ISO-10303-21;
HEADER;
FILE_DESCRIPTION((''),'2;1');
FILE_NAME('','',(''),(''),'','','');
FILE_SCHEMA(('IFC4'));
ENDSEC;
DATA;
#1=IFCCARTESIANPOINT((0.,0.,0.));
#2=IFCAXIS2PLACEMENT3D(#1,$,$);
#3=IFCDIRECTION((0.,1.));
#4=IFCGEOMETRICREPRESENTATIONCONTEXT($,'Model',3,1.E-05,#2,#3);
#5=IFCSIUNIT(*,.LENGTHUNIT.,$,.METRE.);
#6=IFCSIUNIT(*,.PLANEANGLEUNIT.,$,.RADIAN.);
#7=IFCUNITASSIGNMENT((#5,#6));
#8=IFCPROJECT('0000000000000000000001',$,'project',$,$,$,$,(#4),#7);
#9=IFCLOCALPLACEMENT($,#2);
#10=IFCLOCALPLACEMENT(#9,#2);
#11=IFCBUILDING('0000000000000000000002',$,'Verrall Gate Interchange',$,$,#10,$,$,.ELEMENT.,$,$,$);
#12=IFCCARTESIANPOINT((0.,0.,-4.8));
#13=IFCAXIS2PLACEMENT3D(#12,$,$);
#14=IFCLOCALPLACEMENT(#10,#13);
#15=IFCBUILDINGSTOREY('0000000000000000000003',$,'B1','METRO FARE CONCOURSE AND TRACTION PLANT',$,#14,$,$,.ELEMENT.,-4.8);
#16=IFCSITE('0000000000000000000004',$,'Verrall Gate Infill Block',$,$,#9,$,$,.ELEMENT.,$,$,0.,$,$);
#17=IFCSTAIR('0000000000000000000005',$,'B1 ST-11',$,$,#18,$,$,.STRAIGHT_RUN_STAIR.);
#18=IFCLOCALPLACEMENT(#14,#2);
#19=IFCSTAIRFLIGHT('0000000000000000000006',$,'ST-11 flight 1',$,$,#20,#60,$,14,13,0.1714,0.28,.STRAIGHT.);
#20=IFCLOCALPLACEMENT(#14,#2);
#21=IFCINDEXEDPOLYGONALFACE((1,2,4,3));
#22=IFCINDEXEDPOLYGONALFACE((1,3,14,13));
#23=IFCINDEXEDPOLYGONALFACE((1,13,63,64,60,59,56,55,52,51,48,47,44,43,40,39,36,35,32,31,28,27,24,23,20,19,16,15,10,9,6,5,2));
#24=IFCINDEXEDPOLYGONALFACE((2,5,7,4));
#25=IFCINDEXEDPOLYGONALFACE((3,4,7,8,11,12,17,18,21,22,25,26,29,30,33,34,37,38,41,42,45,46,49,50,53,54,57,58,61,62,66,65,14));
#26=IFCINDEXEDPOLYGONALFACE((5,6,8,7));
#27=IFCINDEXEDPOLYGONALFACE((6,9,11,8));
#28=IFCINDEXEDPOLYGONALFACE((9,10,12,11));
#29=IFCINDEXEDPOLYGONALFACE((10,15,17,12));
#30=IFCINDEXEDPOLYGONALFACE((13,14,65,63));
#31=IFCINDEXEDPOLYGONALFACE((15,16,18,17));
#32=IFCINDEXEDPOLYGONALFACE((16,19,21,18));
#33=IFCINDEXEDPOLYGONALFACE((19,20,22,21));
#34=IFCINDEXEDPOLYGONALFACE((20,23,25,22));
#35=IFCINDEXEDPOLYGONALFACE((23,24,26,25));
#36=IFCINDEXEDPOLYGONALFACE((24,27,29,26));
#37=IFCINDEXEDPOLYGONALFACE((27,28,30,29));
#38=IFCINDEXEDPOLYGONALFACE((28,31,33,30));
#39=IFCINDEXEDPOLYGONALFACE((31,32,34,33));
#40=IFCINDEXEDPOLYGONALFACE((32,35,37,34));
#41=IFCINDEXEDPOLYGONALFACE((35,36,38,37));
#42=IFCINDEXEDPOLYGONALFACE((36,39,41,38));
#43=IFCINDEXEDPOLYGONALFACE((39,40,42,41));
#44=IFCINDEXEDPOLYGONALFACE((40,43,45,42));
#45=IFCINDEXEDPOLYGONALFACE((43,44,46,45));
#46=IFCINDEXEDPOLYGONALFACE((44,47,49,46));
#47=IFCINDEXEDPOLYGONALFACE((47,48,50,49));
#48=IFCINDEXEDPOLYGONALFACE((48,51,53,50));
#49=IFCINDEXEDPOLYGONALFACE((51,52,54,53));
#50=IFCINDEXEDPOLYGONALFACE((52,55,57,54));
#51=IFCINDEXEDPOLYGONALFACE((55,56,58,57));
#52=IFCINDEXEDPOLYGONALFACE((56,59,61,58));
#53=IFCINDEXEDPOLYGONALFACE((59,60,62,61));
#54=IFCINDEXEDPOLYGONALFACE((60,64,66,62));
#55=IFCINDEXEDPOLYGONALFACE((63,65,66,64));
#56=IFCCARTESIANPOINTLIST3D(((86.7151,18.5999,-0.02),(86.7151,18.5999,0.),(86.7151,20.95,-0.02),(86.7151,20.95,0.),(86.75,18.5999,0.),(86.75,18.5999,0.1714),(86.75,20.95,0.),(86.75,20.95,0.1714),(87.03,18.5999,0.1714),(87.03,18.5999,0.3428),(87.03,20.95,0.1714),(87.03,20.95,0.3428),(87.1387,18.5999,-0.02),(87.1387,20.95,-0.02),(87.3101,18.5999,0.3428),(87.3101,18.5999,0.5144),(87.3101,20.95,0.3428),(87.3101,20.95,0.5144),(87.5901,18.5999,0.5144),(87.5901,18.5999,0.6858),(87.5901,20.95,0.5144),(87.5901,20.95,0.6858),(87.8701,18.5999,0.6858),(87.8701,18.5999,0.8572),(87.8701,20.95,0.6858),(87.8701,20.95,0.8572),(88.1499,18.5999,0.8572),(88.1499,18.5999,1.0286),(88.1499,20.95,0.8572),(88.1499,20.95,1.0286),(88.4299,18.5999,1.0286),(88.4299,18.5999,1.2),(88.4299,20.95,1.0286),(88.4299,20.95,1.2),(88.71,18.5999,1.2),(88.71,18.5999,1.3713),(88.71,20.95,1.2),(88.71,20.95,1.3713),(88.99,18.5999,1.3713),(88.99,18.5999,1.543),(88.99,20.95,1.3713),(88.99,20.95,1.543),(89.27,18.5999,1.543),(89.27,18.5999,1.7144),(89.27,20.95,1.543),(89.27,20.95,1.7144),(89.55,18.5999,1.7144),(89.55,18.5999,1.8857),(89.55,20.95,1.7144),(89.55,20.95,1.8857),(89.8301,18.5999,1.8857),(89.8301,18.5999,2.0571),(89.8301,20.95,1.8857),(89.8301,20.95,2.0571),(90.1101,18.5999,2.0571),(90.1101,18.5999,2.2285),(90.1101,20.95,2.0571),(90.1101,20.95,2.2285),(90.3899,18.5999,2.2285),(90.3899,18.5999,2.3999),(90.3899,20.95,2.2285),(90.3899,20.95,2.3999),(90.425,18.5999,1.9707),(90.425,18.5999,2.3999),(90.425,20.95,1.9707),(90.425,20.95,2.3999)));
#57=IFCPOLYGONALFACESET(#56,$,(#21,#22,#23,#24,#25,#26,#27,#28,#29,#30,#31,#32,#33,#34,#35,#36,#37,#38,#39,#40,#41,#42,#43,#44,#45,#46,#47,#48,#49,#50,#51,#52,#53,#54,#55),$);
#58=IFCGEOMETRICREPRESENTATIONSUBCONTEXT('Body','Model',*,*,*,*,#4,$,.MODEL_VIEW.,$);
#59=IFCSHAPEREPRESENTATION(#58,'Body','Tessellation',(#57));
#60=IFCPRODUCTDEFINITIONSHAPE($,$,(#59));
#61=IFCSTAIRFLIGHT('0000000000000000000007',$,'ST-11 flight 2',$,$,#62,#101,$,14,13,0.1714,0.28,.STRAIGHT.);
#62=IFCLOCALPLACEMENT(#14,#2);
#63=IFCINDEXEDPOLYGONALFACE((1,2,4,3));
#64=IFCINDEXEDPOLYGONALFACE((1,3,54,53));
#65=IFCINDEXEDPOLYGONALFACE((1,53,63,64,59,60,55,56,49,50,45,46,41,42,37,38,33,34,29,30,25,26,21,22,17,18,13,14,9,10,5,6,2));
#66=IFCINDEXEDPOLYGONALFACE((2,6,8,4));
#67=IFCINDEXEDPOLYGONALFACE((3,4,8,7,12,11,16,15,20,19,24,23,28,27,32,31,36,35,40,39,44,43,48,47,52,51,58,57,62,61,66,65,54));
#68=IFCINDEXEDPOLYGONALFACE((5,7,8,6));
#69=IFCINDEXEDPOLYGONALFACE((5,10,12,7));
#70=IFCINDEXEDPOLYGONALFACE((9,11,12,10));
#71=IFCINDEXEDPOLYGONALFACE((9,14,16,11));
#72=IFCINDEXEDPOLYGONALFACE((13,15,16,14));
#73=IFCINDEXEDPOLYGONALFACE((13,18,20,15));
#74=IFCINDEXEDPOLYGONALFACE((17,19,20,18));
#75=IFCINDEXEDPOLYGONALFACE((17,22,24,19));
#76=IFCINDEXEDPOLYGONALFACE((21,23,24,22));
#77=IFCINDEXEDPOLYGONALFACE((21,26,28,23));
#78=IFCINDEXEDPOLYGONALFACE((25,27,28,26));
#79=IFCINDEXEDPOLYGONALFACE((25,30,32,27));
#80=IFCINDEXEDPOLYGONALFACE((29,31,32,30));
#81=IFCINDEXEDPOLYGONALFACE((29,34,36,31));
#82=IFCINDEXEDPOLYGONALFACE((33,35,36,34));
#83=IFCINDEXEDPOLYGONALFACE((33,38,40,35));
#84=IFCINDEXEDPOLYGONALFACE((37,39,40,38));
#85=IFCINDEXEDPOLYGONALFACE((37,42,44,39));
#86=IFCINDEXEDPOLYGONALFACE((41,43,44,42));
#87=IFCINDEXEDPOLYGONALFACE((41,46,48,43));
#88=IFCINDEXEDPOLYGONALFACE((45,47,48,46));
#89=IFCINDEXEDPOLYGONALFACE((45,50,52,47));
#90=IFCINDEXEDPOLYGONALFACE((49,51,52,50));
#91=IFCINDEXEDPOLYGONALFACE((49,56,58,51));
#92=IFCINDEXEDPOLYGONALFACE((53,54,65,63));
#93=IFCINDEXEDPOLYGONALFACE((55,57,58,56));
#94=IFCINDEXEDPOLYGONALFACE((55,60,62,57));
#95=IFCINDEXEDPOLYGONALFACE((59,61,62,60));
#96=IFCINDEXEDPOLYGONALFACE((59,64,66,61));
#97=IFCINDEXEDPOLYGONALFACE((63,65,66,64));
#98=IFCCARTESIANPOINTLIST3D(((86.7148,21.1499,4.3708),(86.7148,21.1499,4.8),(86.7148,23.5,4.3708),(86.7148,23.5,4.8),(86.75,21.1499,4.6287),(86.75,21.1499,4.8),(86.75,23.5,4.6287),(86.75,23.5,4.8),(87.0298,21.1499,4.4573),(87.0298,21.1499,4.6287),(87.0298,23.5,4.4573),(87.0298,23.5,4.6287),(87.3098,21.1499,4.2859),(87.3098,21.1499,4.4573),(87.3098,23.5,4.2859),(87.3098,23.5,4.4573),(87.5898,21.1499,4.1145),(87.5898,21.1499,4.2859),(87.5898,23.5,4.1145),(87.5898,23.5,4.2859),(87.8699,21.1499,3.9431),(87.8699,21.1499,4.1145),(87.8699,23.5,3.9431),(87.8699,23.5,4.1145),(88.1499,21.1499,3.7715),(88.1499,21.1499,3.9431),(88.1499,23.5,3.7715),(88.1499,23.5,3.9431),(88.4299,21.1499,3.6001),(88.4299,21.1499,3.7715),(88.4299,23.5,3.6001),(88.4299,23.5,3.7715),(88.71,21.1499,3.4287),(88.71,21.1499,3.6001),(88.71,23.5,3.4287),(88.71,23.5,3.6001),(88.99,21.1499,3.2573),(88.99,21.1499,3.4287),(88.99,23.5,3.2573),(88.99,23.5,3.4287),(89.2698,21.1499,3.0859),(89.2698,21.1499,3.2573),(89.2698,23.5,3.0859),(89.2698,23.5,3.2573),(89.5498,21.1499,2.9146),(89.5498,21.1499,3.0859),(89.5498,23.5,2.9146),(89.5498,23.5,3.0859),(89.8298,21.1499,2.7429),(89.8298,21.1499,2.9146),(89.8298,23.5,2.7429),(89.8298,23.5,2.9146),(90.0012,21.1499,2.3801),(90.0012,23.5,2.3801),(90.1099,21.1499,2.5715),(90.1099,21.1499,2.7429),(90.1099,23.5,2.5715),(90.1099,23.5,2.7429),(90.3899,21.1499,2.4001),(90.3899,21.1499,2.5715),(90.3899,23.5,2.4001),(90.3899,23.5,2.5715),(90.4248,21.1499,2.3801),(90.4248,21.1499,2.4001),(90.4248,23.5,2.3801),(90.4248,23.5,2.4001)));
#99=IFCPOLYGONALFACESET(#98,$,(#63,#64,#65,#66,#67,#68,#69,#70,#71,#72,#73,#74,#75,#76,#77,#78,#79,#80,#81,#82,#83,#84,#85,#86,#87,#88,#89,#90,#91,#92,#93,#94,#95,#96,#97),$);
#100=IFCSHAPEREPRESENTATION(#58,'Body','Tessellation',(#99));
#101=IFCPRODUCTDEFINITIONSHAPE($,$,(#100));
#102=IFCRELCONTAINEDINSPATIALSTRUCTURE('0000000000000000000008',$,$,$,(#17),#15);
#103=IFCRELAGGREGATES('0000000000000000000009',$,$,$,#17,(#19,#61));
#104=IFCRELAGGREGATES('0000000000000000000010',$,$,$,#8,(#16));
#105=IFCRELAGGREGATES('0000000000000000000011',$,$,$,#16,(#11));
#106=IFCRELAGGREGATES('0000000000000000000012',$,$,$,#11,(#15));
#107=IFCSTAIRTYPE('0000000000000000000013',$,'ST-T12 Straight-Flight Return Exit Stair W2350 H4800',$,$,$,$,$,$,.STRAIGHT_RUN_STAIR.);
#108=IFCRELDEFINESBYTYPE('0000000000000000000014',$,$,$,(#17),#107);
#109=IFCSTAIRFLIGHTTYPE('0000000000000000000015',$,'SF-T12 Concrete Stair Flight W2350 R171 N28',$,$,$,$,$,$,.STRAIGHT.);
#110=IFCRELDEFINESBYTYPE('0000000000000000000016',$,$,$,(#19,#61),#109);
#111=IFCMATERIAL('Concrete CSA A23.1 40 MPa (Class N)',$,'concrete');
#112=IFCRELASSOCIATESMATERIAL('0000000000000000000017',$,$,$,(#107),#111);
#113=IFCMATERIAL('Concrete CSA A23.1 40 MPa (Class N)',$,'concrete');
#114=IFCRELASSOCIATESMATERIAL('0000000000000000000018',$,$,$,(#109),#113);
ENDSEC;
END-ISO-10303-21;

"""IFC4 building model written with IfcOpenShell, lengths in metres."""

from ifc_helpers import new_model, si_unit, direction, frame, origin, place, context, subcontext, project, spatial, polyline, outline, extrude, material, type_object, element, aggregate, save


model = new_model("IFC4")

# Units and contexts
model_context = context("Model", 3, precision=1e-05, world=origin(), true_north=direction((0.0, 1.0)))
body_context = subcontext(model_context, "Body", "Model", "MODEL_VIEW")
ifc_project = project(units=[si_unit("LENGTHUNIT", "METRE"), si_unit("PLANEANGLEUNIT", "RADIAN")], contexts=[model_context])

# Site, building, storey
site_placement = place(None, origin())
site = spatial("IfcSite", under=ifc_project, at=site_placement, Name="Verrall Gate Infill Block", CompositionType="ELEMENT", RefElevation=0.0)
building_placement = place(site_placement, origin())
building = spatial("IfcBuilding", under=site, at=building_placement, Name="Verrall Gate Interchange", CompositionType="ELEMENT")
storey_placement = place(building_placement, frame((0.0, 0.0, -4.8)))
storey = spatial("IfcBuildingStorey", under=building, at=storey_placement, Name="B1", Description="METRO FARE CONCOURSE AND TRACTION PLANT", CompositionType="ELEMENT", Elevation=-4.8)

# Stair, stair flights
ifc_material_1 = material(Name="Concrete CSA A23.1 40 MPa (Class N)", Category="concrete")
stair_type = type_object("IfcStairType", Name="ST-T12 Straight-Flight Return Exit Stair W2350 H4800", PredefinedType="STRAIGHT_RUN_STAIR", material=ifc_material_1)
stair_placement = place(storey_placement, origin())
stair = element("IfcStair", 1, at=stair_placement, inside=storey, type_object=stair_type, Name="B1 ST-11", PredefinedType="STRAIGHT_RUN_STAIR")
ifc_material_2 = material(Name="Concrete CSA A23.1 40 MPa (Class N)", Category="concrete")
stair_flight_type = type_object("IfcStairFlightType", Name="SF-T12 Concrete Stair Flight W2350 R171 N28", PredefinedType="STRAIGHT", material=ifc_material_2)
stair_flight_1_placement = place(storey_placement, frame((86.75, 19.7749, 0.0), z_axis=(0.0, 0.0, 1.0), x_axis=(1.0, 0.0, 0.0)))
stair_flight_1 = element("IfcStairFlight", 2, at=stair_flight_1_placement, type_object=stair_flight_type, Name="ST-11 flight 1", NumberOfRisers=14, NumberOfTreads=13, PredefinedType="STRAIGHT", RiserHeight=0.1714, TreadLength=0.28, context=body_context, shape_type="SweptSolid", body=[
    extrude(outline(polyline([(-0.0349, -0.02), (-0.0349, 0.0), (0.0, 0.0), (0.0, 0.1714), (0.28, 0.1714), (0.28, 0.3428), (0.5601, 0.3428), (0.5601, 0.5144), (0.8401, 0.5144), (0.8401, 0.6858), (1.1201, 0.6858), (1.1201, 0.8572), (1.3999, 0.8572), (1.3999, 1.0286), (1.6799, 1.0286), (1.6799, 1.2), (1.96, 1.2), (1.96, 1.3713), (2.24, 1.3713), (2.24, 1.543), (2.52, 1.543), (2.52, 1.7144), (2.8, 1.7144), (2.8, 1.8857), (3.0801, 1.8857), (3.0801, 2.0571), (3.3601, 2.0571), (3.3601, 2.2285), (3.6399, 2.2285), (3.6399, 2.3999), (3.675, 2.3999), (3.675, 1.9707), (0.3887, -0.02), (-0.0349, -0.02)])), frame((0.0, 1.175, 0.0), z_axis=(0.0, -1.0, 0.0), x_axis=(1.0, 0.0, 0.0)), (0.0, 0.0, 1.0), 2.3501),
])
stair_flight_2_placement = place(storey_placement, frame((90.3899, 22.325, 2.4001), z_axis=(0.0, 0.0, 1.0), x_axis=(-1.0, 0.0, 0.0)))
stair_flight_2 = element("IfcStairFlight", 3, at=stair_flight_2_placement, type_object=stair_flight_type, Name="ST-11 flight 2", NumberOfRisers=14, NumberOfTreads=13, PredefinedType="STRAIGHT", RiserHeight=0.1714, TreadLength=0.28, context=body_context, shape_type="SweptSolid", body=[
    extrude(outline(polyline([(-0.0349, -0.02), (-0.0349, 0.0), (0.0, 0.0), (0.0, 0.1714), (0.28, 0.1714), (0.28, 0.3428), (0.5601, 0.3428), (0.5601, 0.5144), (0.8401, 0.5144), (0.8401, 0.6858), (1.1201, 0.6858), (1.1201, 0.8572), (1.3999, 0.8572), (1.3999, 1.0286), (1.6799, 1.0286), (1.6799, 1.2), (1.96, 1.2), (1.96, 1.3713), (2.24, 1.3713), (2.24, 1.543), (2.52, 1.543), (2.52, 1.7144), (2.8, 1.7144), (2.8, 1.8857), (3.0801, 1.8857), (3.0801, 2.0571), (3.3601, 2.0571), (3.3601, 2.2285), (3.6399, 2.2285), (3.6399, 2.3999), (3.675, 2.3999), (3.675, 1.9707), (0.3887, -0.02), (-0.0349, -0.02)])), frame((0.0, 1.175, 0.0), z_axis=(0.0, -1.0, 0.0), x_axis=(1.0, 0.0, 0.0)), (0.0, 0.0, 1.0), 2.3501),
])
aggregate(stair, [stair_flight_1, stair_flight_2])

save(model, "model.ifc")
